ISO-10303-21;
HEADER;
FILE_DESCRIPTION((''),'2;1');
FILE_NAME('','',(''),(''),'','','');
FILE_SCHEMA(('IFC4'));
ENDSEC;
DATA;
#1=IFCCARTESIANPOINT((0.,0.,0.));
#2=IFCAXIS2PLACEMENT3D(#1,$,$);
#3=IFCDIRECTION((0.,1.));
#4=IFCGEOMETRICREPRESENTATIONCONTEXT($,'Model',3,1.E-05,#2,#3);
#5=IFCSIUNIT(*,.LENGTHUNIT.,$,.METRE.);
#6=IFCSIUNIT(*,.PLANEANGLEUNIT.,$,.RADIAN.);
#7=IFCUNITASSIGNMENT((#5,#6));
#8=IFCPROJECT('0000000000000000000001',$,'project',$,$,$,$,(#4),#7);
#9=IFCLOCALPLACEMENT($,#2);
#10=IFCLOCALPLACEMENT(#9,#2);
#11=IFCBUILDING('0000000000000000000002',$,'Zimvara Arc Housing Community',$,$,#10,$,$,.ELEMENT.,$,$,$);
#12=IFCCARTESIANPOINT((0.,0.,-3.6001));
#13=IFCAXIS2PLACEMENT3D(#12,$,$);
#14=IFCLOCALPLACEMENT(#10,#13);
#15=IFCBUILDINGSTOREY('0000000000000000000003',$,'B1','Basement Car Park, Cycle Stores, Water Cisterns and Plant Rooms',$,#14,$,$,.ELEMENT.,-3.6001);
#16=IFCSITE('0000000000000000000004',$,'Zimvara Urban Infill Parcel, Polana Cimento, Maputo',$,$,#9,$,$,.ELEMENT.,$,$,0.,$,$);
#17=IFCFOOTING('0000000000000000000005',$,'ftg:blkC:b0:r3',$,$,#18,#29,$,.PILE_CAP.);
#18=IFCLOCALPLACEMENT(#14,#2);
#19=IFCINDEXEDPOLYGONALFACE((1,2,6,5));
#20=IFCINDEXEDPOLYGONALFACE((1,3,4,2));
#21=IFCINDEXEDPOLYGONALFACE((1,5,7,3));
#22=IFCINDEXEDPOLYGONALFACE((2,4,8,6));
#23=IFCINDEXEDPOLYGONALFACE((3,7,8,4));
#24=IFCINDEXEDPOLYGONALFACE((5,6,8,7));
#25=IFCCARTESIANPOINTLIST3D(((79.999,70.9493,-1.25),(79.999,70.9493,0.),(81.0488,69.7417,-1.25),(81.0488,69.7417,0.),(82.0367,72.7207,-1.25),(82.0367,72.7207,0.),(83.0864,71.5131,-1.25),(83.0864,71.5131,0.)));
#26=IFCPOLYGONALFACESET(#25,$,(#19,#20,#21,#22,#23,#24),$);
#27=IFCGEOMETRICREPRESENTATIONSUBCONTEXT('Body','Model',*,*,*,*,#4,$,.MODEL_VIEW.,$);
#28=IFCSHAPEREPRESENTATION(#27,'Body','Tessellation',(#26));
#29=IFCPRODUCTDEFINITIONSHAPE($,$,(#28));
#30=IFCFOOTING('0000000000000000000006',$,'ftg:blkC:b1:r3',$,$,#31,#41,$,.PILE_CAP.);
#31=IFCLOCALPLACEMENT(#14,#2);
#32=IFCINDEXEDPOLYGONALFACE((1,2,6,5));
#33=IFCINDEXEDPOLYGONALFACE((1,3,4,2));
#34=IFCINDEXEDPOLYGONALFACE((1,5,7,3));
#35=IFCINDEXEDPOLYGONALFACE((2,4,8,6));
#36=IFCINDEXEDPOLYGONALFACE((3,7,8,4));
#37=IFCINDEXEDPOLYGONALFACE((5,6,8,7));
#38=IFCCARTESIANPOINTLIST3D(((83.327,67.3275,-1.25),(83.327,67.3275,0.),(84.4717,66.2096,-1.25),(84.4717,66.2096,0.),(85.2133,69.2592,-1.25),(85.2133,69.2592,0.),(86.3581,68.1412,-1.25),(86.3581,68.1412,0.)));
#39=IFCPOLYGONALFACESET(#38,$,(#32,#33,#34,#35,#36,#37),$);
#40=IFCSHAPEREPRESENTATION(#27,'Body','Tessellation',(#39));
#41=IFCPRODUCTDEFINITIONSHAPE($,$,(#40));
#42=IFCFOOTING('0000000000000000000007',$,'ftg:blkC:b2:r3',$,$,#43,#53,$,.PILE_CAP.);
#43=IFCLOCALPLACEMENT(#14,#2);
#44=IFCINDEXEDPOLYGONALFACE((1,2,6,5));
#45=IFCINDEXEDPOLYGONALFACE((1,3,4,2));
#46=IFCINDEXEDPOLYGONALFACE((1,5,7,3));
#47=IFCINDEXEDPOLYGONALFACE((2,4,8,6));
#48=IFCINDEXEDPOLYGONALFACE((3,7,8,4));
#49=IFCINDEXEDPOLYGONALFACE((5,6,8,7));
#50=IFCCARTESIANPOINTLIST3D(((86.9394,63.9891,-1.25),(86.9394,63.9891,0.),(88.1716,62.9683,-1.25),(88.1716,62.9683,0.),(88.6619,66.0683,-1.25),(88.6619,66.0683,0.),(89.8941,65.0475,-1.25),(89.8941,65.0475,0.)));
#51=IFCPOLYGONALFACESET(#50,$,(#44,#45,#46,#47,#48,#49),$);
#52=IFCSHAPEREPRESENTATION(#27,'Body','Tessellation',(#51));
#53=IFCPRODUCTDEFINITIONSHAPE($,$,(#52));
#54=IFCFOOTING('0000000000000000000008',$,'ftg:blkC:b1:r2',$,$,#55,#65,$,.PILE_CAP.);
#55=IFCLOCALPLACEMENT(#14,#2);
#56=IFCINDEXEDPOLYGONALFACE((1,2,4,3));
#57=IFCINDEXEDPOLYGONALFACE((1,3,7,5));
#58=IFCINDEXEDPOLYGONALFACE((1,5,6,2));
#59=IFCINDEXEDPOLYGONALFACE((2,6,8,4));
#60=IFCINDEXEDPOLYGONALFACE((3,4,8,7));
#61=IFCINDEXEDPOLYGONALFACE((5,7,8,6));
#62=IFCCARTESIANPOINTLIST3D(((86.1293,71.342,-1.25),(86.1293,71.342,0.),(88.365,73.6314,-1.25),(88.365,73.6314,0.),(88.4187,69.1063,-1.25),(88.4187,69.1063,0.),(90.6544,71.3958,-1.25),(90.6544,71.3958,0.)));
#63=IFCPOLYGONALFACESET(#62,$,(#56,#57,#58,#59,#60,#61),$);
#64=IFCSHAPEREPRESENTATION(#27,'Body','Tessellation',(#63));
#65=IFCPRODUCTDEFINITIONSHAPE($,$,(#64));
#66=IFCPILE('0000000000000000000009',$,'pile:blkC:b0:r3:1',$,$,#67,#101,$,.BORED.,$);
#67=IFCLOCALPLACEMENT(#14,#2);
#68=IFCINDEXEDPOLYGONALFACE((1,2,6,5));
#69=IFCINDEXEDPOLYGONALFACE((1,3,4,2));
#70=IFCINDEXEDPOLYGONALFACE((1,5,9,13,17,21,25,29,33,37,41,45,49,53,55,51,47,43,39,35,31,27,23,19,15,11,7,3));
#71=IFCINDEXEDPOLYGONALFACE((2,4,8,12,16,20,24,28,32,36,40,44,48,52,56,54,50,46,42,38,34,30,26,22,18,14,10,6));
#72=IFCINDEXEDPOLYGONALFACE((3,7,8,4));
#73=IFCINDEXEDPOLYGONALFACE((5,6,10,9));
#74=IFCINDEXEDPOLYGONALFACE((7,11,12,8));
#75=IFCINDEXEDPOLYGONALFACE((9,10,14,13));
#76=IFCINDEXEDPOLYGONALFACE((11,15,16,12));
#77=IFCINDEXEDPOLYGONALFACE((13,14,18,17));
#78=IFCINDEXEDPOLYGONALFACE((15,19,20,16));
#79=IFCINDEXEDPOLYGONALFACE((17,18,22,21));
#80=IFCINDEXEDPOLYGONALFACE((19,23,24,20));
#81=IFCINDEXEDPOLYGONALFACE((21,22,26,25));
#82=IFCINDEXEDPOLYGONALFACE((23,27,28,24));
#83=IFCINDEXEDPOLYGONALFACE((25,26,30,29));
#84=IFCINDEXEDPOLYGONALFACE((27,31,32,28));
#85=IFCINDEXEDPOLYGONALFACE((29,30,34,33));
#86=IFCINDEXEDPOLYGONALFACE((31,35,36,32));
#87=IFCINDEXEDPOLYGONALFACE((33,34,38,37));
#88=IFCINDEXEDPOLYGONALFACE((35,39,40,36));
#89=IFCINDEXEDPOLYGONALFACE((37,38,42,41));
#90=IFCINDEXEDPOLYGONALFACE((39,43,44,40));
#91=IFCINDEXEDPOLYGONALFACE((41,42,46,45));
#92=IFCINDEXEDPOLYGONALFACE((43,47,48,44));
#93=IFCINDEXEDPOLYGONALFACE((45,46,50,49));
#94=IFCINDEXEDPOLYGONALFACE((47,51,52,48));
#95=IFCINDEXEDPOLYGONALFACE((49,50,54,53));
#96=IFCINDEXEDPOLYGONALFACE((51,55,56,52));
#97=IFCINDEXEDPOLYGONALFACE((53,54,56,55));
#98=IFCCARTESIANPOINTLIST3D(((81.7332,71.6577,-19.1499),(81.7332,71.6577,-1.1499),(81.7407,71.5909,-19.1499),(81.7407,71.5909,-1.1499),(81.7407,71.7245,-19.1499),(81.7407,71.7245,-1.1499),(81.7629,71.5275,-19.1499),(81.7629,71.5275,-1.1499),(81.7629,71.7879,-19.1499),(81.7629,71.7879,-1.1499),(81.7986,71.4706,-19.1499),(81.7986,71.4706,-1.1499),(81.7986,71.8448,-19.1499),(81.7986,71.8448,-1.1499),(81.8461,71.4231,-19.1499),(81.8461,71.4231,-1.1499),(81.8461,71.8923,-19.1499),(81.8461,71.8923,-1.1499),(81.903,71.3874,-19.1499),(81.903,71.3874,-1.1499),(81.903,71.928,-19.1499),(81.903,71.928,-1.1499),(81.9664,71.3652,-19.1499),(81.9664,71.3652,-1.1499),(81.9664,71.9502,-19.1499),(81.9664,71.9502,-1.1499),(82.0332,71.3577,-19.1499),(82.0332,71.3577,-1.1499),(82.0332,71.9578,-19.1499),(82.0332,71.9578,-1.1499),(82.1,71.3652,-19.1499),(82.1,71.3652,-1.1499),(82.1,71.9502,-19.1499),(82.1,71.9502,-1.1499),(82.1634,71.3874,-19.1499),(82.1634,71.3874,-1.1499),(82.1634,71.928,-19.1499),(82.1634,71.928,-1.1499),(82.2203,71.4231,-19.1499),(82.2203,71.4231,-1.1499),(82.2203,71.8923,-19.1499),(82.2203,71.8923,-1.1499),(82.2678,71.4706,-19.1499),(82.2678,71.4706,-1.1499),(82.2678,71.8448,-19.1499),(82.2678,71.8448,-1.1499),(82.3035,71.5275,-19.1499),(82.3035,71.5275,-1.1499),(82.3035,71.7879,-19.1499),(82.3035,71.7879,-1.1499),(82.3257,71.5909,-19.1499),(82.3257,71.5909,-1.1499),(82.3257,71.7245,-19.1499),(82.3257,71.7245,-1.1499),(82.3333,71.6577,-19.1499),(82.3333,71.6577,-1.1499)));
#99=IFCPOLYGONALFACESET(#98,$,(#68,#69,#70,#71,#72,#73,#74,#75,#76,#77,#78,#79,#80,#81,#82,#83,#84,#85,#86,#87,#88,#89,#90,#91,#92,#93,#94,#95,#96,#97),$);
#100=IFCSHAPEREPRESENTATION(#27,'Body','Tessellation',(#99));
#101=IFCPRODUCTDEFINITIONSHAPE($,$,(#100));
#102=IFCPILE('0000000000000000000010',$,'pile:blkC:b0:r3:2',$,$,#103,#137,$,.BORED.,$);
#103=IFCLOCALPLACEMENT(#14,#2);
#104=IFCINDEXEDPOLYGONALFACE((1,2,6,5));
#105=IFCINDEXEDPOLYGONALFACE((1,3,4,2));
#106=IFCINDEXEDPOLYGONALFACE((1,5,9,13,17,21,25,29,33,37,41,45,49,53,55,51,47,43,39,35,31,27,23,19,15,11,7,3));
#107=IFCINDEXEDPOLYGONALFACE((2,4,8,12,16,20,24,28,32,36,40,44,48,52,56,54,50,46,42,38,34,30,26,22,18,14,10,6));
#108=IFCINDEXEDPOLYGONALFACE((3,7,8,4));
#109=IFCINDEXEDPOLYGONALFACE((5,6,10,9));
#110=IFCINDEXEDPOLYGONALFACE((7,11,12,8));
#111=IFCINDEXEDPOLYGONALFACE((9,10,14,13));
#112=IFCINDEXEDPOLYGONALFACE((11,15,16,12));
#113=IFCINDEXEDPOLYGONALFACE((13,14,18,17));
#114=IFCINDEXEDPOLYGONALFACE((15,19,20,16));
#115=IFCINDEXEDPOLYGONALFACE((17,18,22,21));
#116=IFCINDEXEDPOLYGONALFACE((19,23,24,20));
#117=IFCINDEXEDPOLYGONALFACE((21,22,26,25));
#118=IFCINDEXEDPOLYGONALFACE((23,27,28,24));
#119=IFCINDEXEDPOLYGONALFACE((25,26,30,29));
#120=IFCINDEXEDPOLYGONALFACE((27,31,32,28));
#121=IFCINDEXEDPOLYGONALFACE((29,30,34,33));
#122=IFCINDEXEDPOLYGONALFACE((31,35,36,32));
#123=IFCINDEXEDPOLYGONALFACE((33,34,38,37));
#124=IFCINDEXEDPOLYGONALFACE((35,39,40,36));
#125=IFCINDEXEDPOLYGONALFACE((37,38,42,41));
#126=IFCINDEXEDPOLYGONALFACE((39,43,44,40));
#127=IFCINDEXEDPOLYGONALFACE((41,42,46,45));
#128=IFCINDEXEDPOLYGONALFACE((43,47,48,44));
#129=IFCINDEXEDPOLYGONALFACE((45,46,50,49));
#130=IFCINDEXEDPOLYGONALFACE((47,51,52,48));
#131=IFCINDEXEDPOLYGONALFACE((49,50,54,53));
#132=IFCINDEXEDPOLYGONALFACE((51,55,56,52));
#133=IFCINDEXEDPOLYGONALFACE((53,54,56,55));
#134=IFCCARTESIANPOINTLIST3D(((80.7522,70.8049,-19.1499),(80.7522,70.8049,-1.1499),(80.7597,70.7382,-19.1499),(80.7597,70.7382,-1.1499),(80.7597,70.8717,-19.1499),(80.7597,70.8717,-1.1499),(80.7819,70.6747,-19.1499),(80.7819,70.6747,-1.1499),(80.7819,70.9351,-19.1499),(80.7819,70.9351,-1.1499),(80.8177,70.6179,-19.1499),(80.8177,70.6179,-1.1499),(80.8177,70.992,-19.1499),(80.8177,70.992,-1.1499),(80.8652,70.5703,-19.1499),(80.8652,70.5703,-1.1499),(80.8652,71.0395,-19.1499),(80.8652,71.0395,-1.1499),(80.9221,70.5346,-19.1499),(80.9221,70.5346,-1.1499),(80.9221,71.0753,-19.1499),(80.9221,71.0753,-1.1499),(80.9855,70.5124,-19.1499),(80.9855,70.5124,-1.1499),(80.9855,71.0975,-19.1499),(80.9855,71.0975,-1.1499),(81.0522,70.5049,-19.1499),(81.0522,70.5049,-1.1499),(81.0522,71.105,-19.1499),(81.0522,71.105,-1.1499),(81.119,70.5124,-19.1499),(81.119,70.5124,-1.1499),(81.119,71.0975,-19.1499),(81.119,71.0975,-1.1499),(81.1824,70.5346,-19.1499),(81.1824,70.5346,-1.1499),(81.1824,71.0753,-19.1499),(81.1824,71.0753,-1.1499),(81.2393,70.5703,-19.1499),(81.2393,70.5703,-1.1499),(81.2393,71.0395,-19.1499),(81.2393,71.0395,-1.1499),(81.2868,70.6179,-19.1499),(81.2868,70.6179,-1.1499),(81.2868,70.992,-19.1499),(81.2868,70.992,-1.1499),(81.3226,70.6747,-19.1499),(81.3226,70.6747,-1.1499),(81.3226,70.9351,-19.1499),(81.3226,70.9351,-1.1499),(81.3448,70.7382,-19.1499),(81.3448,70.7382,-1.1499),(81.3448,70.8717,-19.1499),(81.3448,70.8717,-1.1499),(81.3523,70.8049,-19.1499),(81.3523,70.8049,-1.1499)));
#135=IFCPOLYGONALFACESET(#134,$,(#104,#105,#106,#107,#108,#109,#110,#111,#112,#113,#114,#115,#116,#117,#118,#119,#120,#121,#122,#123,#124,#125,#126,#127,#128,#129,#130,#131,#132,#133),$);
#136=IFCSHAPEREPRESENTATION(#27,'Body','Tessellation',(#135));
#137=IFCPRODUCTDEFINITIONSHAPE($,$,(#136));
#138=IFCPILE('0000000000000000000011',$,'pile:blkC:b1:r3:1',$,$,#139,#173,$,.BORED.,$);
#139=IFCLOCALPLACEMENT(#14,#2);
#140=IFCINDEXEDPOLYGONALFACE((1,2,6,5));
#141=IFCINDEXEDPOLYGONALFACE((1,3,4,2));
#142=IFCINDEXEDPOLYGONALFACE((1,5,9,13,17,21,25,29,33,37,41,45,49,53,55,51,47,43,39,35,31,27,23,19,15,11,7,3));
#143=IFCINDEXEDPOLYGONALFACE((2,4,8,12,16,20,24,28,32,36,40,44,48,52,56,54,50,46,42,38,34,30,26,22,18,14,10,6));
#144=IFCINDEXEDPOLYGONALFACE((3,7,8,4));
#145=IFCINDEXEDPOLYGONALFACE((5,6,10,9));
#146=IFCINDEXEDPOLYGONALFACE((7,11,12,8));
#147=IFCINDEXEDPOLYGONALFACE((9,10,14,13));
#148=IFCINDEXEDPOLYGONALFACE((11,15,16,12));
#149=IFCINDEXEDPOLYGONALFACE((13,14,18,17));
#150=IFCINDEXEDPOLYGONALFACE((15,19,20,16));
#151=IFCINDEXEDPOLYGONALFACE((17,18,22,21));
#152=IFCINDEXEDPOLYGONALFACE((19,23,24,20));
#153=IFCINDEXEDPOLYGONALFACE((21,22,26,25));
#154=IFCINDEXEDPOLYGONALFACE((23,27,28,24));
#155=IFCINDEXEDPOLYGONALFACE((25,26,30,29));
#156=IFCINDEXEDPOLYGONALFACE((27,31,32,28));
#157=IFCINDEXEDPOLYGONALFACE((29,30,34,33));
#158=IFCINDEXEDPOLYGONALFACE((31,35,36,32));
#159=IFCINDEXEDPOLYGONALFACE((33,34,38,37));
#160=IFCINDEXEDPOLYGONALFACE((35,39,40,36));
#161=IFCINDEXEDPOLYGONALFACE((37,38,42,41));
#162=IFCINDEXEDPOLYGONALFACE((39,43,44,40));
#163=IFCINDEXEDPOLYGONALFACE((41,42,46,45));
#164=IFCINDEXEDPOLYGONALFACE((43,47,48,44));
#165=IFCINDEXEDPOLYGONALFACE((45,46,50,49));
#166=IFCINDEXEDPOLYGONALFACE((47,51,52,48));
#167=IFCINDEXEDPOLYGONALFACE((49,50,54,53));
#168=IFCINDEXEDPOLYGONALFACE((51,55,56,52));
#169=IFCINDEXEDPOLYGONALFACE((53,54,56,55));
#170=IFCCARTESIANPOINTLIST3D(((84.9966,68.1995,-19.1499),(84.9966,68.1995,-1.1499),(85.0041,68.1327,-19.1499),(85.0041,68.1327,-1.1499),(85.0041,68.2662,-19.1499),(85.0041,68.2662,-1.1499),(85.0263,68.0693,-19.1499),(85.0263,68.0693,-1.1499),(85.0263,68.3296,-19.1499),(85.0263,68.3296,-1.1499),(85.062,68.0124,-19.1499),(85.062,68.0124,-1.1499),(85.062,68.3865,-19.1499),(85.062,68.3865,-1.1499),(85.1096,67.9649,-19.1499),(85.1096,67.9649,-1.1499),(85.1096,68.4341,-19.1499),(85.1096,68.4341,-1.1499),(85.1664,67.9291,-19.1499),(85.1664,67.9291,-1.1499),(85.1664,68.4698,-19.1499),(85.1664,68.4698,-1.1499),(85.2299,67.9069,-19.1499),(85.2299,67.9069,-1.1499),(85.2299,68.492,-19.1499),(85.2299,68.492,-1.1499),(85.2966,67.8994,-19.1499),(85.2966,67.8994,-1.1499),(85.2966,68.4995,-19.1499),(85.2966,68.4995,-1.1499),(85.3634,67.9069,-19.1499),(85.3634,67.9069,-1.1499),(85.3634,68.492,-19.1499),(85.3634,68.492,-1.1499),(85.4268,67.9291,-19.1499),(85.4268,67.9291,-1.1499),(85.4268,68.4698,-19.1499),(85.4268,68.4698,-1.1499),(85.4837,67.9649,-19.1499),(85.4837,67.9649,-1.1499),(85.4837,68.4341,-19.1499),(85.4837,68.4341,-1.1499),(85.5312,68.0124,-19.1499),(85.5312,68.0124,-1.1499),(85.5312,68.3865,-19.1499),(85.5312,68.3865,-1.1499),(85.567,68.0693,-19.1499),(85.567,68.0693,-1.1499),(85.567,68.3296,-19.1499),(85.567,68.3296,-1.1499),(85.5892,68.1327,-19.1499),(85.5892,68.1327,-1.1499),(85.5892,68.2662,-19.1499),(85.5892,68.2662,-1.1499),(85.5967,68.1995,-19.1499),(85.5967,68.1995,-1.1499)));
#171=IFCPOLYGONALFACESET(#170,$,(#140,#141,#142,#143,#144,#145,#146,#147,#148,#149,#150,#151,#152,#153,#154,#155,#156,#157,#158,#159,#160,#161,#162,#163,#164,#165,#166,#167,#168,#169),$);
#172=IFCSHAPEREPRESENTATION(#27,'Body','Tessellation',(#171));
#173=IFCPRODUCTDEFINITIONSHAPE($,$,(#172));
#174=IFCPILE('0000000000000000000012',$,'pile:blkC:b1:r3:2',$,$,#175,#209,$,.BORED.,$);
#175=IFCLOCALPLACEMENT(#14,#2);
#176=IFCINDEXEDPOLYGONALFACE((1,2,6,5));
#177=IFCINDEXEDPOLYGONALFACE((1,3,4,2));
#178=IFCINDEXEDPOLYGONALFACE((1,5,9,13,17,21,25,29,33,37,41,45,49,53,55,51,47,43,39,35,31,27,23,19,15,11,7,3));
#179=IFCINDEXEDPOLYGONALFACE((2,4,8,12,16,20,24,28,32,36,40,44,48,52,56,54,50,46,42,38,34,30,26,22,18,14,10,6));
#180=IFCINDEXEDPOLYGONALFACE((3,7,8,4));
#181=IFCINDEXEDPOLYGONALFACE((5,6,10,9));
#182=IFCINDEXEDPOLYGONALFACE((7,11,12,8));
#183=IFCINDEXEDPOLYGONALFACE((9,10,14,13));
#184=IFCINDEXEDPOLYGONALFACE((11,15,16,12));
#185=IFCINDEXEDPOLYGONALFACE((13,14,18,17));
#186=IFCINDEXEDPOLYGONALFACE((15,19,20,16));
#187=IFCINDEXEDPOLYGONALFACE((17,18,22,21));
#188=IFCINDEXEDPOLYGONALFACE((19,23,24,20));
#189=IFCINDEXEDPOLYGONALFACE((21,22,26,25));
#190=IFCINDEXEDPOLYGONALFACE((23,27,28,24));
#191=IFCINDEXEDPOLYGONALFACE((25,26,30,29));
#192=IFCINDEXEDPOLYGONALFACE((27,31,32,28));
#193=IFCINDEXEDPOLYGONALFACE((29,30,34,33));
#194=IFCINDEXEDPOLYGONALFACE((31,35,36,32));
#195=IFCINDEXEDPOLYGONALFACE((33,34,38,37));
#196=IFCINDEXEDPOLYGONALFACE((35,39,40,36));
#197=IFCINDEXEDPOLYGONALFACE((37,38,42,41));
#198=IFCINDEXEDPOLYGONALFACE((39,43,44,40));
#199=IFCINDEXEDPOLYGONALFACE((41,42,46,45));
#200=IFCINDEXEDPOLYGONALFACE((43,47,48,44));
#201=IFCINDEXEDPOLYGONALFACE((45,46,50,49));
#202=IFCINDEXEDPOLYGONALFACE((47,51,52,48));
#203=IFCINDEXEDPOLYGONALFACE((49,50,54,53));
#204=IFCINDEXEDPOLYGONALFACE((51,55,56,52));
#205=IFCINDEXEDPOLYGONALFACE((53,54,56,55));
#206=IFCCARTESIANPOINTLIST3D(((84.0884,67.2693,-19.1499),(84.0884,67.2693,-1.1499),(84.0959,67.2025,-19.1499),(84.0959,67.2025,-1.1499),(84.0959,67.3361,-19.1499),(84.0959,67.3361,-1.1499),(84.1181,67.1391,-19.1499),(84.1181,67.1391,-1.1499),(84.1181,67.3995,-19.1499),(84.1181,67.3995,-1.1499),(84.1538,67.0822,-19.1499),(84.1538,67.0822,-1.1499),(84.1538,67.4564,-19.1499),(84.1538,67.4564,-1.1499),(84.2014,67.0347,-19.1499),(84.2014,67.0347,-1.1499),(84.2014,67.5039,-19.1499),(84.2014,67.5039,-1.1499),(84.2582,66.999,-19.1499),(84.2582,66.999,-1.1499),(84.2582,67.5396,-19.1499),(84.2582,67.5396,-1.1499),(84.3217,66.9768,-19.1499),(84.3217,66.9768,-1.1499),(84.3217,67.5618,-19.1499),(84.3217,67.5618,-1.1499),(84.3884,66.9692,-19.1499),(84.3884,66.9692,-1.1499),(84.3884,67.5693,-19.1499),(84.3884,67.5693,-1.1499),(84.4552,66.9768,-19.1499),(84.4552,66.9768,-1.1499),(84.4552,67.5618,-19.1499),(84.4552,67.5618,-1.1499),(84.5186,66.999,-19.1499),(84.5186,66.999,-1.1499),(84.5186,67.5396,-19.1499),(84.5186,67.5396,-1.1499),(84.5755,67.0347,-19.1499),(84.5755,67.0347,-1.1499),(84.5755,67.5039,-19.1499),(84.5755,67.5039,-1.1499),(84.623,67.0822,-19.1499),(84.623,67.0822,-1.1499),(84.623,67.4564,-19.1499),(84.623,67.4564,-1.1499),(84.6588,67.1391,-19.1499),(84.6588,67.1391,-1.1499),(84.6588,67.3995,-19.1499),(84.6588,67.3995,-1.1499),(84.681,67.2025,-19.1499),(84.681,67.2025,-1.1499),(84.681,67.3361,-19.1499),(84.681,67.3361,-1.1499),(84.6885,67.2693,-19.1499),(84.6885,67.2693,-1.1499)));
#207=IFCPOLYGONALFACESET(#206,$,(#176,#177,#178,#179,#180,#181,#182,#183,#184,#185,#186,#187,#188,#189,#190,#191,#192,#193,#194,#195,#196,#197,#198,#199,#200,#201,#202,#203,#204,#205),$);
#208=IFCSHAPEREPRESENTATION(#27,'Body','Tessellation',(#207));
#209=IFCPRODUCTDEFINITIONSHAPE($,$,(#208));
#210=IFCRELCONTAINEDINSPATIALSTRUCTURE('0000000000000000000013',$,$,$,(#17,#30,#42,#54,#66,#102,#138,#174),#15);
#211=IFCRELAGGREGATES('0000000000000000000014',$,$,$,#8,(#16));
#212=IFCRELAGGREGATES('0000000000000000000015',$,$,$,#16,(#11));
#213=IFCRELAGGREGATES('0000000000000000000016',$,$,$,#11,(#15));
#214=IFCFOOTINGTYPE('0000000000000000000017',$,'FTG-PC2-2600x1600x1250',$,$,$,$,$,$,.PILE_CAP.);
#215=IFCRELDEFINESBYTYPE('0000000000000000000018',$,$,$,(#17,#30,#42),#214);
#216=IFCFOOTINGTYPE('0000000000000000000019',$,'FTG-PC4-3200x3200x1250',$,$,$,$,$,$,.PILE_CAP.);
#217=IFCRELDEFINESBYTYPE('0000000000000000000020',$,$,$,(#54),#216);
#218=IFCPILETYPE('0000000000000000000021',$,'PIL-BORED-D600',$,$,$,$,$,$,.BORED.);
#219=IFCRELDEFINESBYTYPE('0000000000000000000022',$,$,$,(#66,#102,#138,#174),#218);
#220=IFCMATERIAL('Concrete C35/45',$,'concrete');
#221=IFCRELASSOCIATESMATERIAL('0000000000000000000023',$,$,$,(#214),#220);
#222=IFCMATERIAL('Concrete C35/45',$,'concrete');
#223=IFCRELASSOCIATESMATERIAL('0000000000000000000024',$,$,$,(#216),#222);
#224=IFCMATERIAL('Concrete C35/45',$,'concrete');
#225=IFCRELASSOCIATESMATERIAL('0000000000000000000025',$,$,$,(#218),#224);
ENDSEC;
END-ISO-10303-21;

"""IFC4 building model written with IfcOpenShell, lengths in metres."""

from ifc_helpers import new_model, si_unit, direction, frame, origin, origin_2d, place, context, subcontext, project, spatial, rectangle, circle, extrude, material, material_profile, profile_set, type_object, element, save


model = new_model("IFC4")

# Units and contexts
model_context = context("Model", 3, precision=1e-05, world=origin(), true_north=direction((0.0, 1.0)))
body_context = subcontext(model_context, "Body", "Model", "MODEL_VIEW")
ifc_project = project(units=[si_unit("LENGTHUNIT", "METRE"), si_unit("PLANEANGLEUNIT", "RADIAN")], contexts=[model_context])

# Site, building, storey
site_placement = place(None, origin())
site = spatial("IfcSite", under=ifc_project, at=site_placement, Name="Zimvara Urban Infill Parcel, Polana Cimento, Maputo", CompositionType="ELEMENT", RefElevation=0.0)
building_placement = place(site_placement, origin())
building = spatial("IfcBuilding", under=site, at=building_placement, Name="Zimvara Arc Housing Community", CompositionType="ELEMENT")
storey_placement = place(building_placement, frame((0.0, 0.0, -3.6001)))
storey = spatial("IfcBuildingStorey", under=building, at=storey_placement, Name="B1", Description="Basement Car Park, Cycle Stores, Water Cisterns and Plant Rooms", CompositionType="ELEMENT", Elevation=-3.6001)

# Footings
ifc_material_1 = material(Name="Concrete C35/45", Category="concrete")
footing_type_1 = type_object("IfcFootingType", Name="FTG-PC2-2600x1600x1250", PredefinedType="PILE_CAP", material=ifc_material_1)
for number, where, z_axis, x_axis, name in (
    (1, (81.5427, 71.2312, -1.25), (0.0, 0.0, 1.0), (-0.75471, -0.656059, 0.0), "ftg:blkC:b0:r3"),
    (2, (84.8425, 67.7344, -1.25), (0.0, 0.0, 1.0), (-0.698665, -0.715449, 0.0), "ftg:blkC:b1:r3"),
    (3, (88.4167, 64.5183, -1.25), (0.0, 0.0, 1.0), (-0.637962, -0.770068, 0.0), "ftg:blkC:b2:r3"),
):
    element("IfcFooting", number, at=place(storey_placement, frame(where, z_axis=z_axis, x_axis=x_axis)), inside=storey, type_object=footing_type_1, Name=name, PredefinedType="PILE_CAP", context=body_context, shape_type="SweptSolid", body=[
        extrude(rectangle(XDim=2.7, YDim=1.6001, at=origin_2d()), origin(), (0.0, 0.0, 1.0), 1.25),
    ])
ifc_material_2 = material(Name="Concrete C35/45", Category="concrete")
footing_type_2 = type_object("IfcFootingType", Name="FTG-PC4-3200x3200x1250", PredefinedType="PILE_CAP", material=ifc_material_2)
footing_placement = place(storey_placement, frame((88.3918, 71.3689, -1.25), z_axis=(0.0, 0.0, 1.0), x_axis=(-0.698665, -0.715449, 0.0)))
element("IfcFooting", 4, at=footing_placement, inside=storey, type_object=footing_type_2, Name="ftg:blkC:b1:r2", PredefinedType="PILE_CAP", context=body_context, shape_type="SweptSolid", body=[
    extrude(rectangle(XDim=3.2, YDim=3.2, at=origin_2d()), origin(), (0.0, 0.0, 1.0), 1.25),
])

# Piles
ifc_material_3 = material(Name="Concrete C35/45", Category="concrete")
ifc_material_profile_1 = material_profile(ifc_material_3, circle(Radius=0.3, at=origin_2d()), Name="PILE D600")
ifc_profile_set_1 = profile_set([ifc_material_profile_1], Name="Concrete C35/45")
pile_type_1 = type_object("IfcPileType", Name="PIL-BORED-D600", PredefinedType="BORED", material=ifc_profile_set_1)
for number, where, z_axis, x_axis, name in (
    (5, (82.0332, 71.6577, -1.1499), (0.0, 0.0, -1.0), (1.0, 0.0, 0.0), "pile:blkC:b0:r3:1"),
    (6, (81.0522, 70.8049, -1.1499), (0.0, 0.0, -1.0), (1.0, 0.0, 0.0), "pile:blkC:b0:r3:2"),
    (7, (85.2966, 68.1995, -1.1499), (0.0, 0.0, -1.0), (1.0, 0.0, 0.0), "pile:blkC:b1:r3:1"),
    (8, (84.3884, 67.2693, -1.1499), (0.0, 0.0, -1.0), (1.0, 0.0, 0.0), "pile:blkC:b1:r3:2"),
):
    element("IfcPile", number, at=place(storey_placement, frame(where, z_axis=z_axis, x_axis=x_axis)), inside=storey, type_object=pile_type_1, Name=name, PredefinedType="BORED", context=body_context, shape_type="SweptSolid", body=[
        extrude(circle(Radius=0.3, at=origin_2d()), origin(), (0.0, 0.0, 1.0), 18.0),
    ])

save(model, "model.ifc")
